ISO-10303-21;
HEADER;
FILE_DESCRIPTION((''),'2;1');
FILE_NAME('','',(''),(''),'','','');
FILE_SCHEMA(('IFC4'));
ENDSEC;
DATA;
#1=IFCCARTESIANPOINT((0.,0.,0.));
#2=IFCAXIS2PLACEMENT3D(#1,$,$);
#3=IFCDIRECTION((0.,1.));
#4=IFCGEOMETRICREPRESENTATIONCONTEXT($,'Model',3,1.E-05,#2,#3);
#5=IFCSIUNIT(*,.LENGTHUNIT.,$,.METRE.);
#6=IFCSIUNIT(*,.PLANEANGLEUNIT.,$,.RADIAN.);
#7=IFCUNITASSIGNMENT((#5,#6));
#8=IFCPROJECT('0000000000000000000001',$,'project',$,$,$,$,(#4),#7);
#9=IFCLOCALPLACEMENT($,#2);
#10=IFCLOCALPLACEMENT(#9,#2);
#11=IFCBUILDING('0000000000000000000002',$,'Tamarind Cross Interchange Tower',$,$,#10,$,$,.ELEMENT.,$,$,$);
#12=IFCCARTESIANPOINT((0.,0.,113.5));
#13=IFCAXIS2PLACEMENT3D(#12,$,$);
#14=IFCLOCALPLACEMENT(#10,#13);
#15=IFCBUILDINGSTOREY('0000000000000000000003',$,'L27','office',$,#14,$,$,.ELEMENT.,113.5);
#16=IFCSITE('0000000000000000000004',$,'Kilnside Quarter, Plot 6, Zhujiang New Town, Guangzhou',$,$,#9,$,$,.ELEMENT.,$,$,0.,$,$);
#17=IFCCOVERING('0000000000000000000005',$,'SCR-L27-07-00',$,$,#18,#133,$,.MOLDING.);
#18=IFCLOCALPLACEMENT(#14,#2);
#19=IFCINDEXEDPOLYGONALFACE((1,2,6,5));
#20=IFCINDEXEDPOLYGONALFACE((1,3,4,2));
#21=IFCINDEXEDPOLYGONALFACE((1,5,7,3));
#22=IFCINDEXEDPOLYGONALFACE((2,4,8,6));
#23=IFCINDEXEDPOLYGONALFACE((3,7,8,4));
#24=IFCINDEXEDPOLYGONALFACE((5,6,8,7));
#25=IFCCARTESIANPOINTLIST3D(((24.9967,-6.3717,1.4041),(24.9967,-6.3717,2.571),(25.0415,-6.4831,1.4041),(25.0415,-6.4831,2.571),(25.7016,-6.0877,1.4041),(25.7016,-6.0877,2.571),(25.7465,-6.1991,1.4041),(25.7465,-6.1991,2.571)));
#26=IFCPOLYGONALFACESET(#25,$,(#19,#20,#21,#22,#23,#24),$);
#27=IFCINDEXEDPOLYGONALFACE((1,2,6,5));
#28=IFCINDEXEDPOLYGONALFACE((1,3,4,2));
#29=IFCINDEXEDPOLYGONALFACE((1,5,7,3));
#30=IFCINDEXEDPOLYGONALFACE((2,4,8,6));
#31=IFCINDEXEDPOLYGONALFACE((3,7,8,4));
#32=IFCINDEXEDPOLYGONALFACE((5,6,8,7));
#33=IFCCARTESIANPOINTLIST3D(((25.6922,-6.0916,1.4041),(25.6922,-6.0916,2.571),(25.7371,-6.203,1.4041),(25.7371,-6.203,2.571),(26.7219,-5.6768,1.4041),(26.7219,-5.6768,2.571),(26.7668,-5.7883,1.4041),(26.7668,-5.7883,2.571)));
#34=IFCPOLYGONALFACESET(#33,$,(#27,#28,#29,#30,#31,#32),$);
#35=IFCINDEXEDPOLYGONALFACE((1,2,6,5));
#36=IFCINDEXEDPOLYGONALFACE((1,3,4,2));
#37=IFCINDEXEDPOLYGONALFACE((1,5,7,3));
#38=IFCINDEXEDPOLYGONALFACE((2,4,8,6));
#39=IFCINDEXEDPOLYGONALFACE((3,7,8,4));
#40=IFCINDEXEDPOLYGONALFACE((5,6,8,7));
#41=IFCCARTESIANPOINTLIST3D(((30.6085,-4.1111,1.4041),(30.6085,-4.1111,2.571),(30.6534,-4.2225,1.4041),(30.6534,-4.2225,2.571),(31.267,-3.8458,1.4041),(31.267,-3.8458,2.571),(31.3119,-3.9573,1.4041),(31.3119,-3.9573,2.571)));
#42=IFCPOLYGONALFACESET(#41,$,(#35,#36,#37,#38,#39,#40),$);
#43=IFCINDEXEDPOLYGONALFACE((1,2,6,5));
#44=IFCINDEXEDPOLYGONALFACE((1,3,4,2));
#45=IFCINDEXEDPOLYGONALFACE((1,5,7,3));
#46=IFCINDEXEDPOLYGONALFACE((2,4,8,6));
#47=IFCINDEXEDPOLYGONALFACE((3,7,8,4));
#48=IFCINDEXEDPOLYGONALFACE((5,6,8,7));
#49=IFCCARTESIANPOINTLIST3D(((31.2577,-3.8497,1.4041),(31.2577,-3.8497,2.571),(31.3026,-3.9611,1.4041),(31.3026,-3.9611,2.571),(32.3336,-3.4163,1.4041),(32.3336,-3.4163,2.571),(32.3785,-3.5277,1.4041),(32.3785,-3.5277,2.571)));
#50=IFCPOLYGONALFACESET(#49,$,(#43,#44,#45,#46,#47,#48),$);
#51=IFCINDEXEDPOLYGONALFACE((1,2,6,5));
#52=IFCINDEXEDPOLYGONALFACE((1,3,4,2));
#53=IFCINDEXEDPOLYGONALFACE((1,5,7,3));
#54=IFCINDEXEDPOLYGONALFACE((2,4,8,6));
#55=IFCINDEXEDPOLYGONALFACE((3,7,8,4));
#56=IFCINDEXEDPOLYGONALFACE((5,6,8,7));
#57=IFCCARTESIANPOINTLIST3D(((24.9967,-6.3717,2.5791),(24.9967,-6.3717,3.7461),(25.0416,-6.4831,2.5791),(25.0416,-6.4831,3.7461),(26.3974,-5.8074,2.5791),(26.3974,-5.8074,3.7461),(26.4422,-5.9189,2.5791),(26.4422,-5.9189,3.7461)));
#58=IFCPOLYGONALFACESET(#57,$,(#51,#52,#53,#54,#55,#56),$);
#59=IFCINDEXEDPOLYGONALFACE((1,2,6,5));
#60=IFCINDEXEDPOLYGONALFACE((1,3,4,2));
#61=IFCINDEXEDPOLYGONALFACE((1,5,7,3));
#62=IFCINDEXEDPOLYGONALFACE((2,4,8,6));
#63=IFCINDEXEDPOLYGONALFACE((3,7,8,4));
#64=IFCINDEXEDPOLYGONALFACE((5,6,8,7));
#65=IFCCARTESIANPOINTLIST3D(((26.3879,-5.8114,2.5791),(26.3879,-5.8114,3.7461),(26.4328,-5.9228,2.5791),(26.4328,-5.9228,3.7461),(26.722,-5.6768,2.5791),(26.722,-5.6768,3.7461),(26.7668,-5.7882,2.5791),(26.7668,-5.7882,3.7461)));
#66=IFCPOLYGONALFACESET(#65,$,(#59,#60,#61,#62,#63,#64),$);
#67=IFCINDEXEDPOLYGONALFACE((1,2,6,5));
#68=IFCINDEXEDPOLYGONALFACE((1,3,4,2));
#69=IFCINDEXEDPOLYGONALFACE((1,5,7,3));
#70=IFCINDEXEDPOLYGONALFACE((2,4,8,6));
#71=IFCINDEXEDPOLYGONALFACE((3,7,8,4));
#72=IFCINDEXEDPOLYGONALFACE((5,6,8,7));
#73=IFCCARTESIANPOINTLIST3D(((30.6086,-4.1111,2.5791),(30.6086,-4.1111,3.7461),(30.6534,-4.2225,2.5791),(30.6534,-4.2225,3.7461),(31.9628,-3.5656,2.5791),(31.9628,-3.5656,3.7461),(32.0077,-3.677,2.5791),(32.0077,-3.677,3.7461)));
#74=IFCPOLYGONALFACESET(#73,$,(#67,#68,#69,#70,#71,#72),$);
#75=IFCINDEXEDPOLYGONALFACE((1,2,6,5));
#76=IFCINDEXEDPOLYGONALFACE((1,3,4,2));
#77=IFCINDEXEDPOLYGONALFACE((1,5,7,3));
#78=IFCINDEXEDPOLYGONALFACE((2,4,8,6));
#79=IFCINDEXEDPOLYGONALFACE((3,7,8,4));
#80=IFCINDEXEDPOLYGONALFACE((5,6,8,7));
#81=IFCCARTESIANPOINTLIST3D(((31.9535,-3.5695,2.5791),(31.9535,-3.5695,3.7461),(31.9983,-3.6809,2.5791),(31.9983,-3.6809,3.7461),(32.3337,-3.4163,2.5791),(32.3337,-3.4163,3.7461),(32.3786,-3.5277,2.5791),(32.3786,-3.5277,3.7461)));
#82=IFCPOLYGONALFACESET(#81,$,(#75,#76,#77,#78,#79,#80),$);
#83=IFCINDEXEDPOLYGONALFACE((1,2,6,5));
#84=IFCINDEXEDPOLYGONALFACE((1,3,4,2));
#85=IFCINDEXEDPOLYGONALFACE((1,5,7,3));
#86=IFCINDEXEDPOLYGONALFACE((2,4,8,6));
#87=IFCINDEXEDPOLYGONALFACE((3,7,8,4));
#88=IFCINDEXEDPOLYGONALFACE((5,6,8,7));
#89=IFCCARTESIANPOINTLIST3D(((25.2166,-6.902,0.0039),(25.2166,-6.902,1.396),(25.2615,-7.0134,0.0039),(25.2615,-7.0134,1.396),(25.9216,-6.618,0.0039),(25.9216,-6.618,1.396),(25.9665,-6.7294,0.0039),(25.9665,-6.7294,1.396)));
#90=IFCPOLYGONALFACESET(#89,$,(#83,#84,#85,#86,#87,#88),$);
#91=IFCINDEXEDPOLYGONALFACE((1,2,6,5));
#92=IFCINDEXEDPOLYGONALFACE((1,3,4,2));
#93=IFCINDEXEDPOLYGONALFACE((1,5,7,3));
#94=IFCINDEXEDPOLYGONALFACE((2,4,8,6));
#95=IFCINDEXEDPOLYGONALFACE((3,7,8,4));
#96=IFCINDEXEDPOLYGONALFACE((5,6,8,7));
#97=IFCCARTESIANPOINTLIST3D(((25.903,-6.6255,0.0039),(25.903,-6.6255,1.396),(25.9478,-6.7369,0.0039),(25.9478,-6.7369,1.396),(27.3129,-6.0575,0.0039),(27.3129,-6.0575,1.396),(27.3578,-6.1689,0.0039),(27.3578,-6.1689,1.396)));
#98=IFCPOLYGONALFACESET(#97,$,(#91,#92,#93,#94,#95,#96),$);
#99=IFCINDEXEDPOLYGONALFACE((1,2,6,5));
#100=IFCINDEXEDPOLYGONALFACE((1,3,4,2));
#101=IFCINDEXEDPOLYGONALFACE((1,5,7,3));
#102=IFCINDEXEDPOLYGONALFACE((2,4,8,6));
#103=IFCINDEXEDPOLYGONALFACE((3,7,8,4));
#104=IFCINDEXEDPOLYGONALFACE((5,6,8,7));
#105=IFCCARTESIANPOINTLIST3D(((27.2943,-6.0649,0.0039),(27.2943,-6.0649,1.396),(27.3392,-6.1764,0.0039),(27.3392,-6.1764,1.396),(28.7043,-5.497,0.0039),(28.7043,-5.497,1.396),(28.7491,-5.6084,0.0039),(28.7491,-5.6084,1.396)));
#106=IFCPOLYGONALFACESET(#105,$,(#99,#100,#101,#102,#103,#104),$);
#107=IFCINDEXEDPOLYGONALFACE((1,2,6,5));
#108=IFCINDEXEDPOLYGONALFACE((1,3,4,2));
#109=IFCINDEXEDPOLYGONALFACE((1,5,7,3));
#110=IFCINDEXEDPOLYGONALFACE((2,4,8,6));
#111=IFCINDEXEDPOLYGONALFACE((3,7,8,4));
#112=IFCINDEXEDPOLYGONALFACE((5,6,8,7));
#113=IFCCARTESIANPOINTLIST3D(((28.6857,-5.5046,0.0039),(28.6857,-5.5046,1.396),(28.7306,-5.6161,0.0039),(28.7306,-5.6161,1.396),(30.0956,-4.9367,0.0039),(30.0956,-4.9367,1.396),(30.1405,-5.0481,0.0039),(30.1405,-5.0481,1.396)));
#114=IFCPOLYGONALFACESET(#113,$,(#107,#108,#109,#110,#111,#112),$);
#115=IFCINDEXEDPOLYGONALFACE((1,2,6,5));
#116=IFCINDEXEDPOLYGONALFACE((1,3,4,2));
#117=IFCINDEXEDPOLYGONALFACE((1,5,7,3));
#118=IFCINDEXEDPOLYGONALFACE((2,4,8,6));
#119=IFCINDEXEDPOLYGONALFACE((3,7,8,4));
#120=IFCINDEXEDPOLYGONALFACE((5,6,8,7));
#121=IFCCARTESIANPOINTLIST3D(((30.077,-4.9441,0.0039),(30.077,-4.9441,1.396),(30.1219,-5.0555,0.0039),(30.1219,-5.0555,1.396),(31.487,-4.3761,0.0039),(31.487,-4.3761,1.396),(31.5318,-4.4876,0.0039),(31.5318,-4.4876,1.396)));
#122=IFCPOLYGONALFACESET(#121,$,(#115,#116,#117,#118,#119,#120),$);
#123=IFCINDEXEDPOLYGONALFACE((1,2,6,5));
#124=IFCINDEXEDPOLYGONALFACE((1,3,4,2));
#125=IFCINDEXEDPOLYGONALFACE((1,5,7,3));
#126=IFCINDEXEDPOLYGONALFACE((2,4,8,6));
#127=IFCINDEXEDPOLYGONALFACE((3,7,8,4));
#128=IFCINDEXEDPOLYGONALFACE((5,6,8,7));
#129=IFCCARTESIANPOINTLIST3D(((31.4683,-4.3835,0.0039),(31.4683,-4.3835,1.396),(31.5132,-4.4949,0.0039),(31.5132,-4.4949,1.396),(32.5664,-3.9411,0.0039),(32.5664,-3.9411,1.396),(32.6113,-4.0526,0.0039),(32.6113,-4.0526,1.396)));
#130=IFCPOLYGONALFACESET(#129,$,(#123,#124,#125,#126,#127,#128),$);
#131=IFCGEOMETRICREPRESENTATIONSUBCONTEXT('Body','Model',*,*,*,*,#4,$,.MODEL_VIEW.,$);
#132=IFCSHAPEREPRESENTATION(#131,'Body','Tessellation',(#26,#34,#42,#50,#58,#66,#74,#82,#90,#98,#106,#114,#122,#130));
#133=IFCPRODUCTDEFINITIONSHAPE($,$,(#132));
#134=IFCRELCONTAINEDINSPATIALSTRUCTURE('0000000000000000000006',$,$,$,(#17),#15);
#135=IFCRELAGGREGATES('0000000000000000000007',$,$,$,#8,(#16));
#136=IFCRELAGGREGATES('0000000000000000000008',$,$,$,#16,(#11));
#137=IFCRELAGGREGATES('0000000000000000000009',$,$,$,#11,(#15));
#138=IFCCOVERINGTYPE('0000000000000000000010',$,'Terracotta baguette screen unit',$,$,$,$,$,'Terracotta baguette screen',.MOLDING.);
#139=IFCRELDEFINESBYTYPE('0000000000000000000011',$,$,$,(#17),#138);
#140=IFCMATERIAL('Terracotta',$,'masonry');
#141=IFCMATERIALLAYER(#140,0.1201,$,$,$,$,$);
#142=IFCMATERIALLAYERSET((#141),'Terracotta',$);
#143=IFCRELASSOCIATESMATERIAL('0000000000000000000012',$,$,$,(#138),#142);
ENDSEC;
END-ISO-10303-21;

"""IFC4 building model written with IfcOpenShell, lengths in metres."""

from ifc_helpers import new_model, si_unit, direction, frame, origin, origin_2d, place, context, subcontext, project, spatial, rectangle, extrude, material, layer, layer_set, type_object, element, save


model = new_model("IFC4")

# Units and contexts
model_context = context("Model", 3, precision=1e-05, world=origin(), true_north=direction((0.0, 1.0)))
body_context = subcontext(model_context, "Body", "Model", "MODEL_VIEW")
ifc_project = project(units=[si_unit("LENGTHUNIT", "METRE"), si_unit("PLANEANGLEUNIT", "RADIAN")], contexts=[model_context])

# Site, building, storey
site_placement = place(None, origin())
site = spatial("IfcSite", under=ifc_project, at=site_placement, Name="Kilnside Quarter, Plot 6, Zhujiang New Town, Guangzhou", CompositionType="ELEMENT", RefElevation=0.0)
building_placement = place(site_placement, origin())
building = spatial("IfcBuilding", under=site, at=building_placement, Name="Tamarind Cross Interchange Tower", CompositionType="ELEMENT")
storey_placement = place(building_placement, frame((0.0, 0.0, 113.5)))
storey = spatial("IfcBuildingStorey", under=building, at=storey_placement, Name="L27", Description="office", CompositionType="ELEMENT", Elevation=113.5)

# Covering
ifc_material_1 = material(Name="Terracotta", Category="masonry")
ifc_layer_1 = layer(ifc_material_1, 0.1201)
ifc_layer_set_1 = layer_set([ifc_layer_1], Name="Terracotta")
covering_type = type_object("IfcCoveringType", Name="Terracotta baguette screen unit", ElementType="Terracotta baguette screen", PredefinedType="MOLDING", material=ifc_layer_set_1)
covering_1_placement = place(storey_placement, origin())
element("IfcCovering", 1, at=covering_1_placement, inside=storey, type_object=covering_type, Name="SCR-L27-07-00", PredefinedType="MOLDING", context=body_context, shape_type="SweptSolid", body=[
    extrude(rectangle(XDim=0.76, YDim=0.1201, at=origin_2d()), frame((25.3716, -6.2854, 1.4041), z_axis=(0.0, 0.0, 1.0), x_axis=(0.92757, 0.373648, 0.0)), (0.0, 0.0, 1.0), 1.167),
    extrude(rectangle(XDim=1.1101, YDim=0.1201, at=origin_2d()), frame((26.2295, -5.9399, 1.4041), z_axis=(0.0, 0.0, 1.0), x_axis=(0.92757, 0.373648, 0.0)), (0.0, 0.0, 1.0), 1.167),
    extrude(rectangle(XDim=0.71, YDim=0.1201, at=origin_2d()), frame((30.9602, -4.0342, 1.4041), z_axis=(0.0, 0.0, 1.0), x_axis=(0.92757, 0.373648, 0.0)), (0.0, 0.0, 1.0), 1.167),
    extrude(rectangle(XDim=1.1599, YDim=0.1201, at=origin_2d()), frame((31.8181, -3.6887, 1.4041), z_axis=(0.0, 0.0, 1.0), x_axis=(0.92757, 0.373648, 0.0)), (0.0, 0.0, 1.0), 1.167),
    extrude(rectangle(XDim=1.51, YDim=0.1201, at=origin_2d()), frame((25.7195, -6.1453, 2.5791), z_axis=(0.0, 0.0, 1.0), x_axis=(0.92757, 0.373648, 0.0)), (0.0, 0.0, 1.0), 1.167),
    extrude(rectangle(XDim=0.3601, YDim=0.1201, at=origin_2d()), frame((26.5774, -5.7998, 2.5791), z_axis=(0.0, 0.0, 1.0), x_axis=(0.92757, 0.373648, 0.0)), (0.0, 0.0, 1.0), 1.167),
    extrude(rectangle(XDim=1.46, YDim=0.1201, at=origin_2d()), frame((31.3081, -3.894, 2.5791), z_axis=(0.0, 0.0, 1.0), x_axis=(0.92757, 0.373648, 0.0)), (0.0, 0.0, 1.0), 1.167),
    extrude(rectangle(XDim=0.4099, YDim=0.1201, at=origin_2d()), frame((32.166, -3.5486, 2.5791), z_axis=(0.0, 0.0, 1.0), x_axis=(0.92757, 0.373648, 0.0)), (0.0, 0.0, 1.0), 1.167),
    extrude(rectangle(XDim=0.76, YDim=0.1201, at=origin_2d()), frame((25.5916, -6.8157, 0.0039), z_axis=(0.0, 0.0, 1.0), x_axis=(0.92757, 0.373648, 0.0)), (0.0, 0.0, 1.0), 1.3921),
    extrude(rectangle(XDim=1.52, YDim=0.1201, at=origin_2d()), frame((26.6304, -6.3972, 0.0039), z_axis=(0.0, 0.0, 1.0), x_axis=(0.92757, 0.373648, 0.0)), (0.0, 0.0, 1.0), 1.3921),
    extrude(rectangle(XDim=1.52, YDim=0.1201, at=origin_2d()), frame((28.0217, -5.8367, 0.0039), z_axis=(0.0, 0.0, 1.0), x_axis=(0.92757, 0.373648, 0.0)), (0.0, 0.0, 1.0), 1.3921),
    extrude(rectangle(XDim=1.52, YDim=0.1201, at=origin_2d()), frame((29.4131, -5.2764, 0.0039), z_axis=(0.0, 0.0, 1.0), x_axis=(0.92757, 0.373648, 0.0)), (0.0, 0.0, 1.0), 1.3921),
    extrude(rectangle(XDim=1.52, YDim=0.1201, at=origin_2d()), frame((30.8044, -4.7158, 0.0039), z_axis=(0.0, 0.0, 1.0), x_axis=(0.92757, 0.373648, 0.0)), (0.0, 0.0, 1.0), 1.3921),
    extrude(rectangle(XDim=1.1838, YDim=0.1201, at=origin_2d()), frame((32.0398, -4.218, 0.0039), z_axis=(0.0, 0.0, 1.0), x_axis=(0.92757, 0.373648, 0.0)), (0.0, 0.0, 1.0), 1.3921),
])

save(model, "model.ifc")
